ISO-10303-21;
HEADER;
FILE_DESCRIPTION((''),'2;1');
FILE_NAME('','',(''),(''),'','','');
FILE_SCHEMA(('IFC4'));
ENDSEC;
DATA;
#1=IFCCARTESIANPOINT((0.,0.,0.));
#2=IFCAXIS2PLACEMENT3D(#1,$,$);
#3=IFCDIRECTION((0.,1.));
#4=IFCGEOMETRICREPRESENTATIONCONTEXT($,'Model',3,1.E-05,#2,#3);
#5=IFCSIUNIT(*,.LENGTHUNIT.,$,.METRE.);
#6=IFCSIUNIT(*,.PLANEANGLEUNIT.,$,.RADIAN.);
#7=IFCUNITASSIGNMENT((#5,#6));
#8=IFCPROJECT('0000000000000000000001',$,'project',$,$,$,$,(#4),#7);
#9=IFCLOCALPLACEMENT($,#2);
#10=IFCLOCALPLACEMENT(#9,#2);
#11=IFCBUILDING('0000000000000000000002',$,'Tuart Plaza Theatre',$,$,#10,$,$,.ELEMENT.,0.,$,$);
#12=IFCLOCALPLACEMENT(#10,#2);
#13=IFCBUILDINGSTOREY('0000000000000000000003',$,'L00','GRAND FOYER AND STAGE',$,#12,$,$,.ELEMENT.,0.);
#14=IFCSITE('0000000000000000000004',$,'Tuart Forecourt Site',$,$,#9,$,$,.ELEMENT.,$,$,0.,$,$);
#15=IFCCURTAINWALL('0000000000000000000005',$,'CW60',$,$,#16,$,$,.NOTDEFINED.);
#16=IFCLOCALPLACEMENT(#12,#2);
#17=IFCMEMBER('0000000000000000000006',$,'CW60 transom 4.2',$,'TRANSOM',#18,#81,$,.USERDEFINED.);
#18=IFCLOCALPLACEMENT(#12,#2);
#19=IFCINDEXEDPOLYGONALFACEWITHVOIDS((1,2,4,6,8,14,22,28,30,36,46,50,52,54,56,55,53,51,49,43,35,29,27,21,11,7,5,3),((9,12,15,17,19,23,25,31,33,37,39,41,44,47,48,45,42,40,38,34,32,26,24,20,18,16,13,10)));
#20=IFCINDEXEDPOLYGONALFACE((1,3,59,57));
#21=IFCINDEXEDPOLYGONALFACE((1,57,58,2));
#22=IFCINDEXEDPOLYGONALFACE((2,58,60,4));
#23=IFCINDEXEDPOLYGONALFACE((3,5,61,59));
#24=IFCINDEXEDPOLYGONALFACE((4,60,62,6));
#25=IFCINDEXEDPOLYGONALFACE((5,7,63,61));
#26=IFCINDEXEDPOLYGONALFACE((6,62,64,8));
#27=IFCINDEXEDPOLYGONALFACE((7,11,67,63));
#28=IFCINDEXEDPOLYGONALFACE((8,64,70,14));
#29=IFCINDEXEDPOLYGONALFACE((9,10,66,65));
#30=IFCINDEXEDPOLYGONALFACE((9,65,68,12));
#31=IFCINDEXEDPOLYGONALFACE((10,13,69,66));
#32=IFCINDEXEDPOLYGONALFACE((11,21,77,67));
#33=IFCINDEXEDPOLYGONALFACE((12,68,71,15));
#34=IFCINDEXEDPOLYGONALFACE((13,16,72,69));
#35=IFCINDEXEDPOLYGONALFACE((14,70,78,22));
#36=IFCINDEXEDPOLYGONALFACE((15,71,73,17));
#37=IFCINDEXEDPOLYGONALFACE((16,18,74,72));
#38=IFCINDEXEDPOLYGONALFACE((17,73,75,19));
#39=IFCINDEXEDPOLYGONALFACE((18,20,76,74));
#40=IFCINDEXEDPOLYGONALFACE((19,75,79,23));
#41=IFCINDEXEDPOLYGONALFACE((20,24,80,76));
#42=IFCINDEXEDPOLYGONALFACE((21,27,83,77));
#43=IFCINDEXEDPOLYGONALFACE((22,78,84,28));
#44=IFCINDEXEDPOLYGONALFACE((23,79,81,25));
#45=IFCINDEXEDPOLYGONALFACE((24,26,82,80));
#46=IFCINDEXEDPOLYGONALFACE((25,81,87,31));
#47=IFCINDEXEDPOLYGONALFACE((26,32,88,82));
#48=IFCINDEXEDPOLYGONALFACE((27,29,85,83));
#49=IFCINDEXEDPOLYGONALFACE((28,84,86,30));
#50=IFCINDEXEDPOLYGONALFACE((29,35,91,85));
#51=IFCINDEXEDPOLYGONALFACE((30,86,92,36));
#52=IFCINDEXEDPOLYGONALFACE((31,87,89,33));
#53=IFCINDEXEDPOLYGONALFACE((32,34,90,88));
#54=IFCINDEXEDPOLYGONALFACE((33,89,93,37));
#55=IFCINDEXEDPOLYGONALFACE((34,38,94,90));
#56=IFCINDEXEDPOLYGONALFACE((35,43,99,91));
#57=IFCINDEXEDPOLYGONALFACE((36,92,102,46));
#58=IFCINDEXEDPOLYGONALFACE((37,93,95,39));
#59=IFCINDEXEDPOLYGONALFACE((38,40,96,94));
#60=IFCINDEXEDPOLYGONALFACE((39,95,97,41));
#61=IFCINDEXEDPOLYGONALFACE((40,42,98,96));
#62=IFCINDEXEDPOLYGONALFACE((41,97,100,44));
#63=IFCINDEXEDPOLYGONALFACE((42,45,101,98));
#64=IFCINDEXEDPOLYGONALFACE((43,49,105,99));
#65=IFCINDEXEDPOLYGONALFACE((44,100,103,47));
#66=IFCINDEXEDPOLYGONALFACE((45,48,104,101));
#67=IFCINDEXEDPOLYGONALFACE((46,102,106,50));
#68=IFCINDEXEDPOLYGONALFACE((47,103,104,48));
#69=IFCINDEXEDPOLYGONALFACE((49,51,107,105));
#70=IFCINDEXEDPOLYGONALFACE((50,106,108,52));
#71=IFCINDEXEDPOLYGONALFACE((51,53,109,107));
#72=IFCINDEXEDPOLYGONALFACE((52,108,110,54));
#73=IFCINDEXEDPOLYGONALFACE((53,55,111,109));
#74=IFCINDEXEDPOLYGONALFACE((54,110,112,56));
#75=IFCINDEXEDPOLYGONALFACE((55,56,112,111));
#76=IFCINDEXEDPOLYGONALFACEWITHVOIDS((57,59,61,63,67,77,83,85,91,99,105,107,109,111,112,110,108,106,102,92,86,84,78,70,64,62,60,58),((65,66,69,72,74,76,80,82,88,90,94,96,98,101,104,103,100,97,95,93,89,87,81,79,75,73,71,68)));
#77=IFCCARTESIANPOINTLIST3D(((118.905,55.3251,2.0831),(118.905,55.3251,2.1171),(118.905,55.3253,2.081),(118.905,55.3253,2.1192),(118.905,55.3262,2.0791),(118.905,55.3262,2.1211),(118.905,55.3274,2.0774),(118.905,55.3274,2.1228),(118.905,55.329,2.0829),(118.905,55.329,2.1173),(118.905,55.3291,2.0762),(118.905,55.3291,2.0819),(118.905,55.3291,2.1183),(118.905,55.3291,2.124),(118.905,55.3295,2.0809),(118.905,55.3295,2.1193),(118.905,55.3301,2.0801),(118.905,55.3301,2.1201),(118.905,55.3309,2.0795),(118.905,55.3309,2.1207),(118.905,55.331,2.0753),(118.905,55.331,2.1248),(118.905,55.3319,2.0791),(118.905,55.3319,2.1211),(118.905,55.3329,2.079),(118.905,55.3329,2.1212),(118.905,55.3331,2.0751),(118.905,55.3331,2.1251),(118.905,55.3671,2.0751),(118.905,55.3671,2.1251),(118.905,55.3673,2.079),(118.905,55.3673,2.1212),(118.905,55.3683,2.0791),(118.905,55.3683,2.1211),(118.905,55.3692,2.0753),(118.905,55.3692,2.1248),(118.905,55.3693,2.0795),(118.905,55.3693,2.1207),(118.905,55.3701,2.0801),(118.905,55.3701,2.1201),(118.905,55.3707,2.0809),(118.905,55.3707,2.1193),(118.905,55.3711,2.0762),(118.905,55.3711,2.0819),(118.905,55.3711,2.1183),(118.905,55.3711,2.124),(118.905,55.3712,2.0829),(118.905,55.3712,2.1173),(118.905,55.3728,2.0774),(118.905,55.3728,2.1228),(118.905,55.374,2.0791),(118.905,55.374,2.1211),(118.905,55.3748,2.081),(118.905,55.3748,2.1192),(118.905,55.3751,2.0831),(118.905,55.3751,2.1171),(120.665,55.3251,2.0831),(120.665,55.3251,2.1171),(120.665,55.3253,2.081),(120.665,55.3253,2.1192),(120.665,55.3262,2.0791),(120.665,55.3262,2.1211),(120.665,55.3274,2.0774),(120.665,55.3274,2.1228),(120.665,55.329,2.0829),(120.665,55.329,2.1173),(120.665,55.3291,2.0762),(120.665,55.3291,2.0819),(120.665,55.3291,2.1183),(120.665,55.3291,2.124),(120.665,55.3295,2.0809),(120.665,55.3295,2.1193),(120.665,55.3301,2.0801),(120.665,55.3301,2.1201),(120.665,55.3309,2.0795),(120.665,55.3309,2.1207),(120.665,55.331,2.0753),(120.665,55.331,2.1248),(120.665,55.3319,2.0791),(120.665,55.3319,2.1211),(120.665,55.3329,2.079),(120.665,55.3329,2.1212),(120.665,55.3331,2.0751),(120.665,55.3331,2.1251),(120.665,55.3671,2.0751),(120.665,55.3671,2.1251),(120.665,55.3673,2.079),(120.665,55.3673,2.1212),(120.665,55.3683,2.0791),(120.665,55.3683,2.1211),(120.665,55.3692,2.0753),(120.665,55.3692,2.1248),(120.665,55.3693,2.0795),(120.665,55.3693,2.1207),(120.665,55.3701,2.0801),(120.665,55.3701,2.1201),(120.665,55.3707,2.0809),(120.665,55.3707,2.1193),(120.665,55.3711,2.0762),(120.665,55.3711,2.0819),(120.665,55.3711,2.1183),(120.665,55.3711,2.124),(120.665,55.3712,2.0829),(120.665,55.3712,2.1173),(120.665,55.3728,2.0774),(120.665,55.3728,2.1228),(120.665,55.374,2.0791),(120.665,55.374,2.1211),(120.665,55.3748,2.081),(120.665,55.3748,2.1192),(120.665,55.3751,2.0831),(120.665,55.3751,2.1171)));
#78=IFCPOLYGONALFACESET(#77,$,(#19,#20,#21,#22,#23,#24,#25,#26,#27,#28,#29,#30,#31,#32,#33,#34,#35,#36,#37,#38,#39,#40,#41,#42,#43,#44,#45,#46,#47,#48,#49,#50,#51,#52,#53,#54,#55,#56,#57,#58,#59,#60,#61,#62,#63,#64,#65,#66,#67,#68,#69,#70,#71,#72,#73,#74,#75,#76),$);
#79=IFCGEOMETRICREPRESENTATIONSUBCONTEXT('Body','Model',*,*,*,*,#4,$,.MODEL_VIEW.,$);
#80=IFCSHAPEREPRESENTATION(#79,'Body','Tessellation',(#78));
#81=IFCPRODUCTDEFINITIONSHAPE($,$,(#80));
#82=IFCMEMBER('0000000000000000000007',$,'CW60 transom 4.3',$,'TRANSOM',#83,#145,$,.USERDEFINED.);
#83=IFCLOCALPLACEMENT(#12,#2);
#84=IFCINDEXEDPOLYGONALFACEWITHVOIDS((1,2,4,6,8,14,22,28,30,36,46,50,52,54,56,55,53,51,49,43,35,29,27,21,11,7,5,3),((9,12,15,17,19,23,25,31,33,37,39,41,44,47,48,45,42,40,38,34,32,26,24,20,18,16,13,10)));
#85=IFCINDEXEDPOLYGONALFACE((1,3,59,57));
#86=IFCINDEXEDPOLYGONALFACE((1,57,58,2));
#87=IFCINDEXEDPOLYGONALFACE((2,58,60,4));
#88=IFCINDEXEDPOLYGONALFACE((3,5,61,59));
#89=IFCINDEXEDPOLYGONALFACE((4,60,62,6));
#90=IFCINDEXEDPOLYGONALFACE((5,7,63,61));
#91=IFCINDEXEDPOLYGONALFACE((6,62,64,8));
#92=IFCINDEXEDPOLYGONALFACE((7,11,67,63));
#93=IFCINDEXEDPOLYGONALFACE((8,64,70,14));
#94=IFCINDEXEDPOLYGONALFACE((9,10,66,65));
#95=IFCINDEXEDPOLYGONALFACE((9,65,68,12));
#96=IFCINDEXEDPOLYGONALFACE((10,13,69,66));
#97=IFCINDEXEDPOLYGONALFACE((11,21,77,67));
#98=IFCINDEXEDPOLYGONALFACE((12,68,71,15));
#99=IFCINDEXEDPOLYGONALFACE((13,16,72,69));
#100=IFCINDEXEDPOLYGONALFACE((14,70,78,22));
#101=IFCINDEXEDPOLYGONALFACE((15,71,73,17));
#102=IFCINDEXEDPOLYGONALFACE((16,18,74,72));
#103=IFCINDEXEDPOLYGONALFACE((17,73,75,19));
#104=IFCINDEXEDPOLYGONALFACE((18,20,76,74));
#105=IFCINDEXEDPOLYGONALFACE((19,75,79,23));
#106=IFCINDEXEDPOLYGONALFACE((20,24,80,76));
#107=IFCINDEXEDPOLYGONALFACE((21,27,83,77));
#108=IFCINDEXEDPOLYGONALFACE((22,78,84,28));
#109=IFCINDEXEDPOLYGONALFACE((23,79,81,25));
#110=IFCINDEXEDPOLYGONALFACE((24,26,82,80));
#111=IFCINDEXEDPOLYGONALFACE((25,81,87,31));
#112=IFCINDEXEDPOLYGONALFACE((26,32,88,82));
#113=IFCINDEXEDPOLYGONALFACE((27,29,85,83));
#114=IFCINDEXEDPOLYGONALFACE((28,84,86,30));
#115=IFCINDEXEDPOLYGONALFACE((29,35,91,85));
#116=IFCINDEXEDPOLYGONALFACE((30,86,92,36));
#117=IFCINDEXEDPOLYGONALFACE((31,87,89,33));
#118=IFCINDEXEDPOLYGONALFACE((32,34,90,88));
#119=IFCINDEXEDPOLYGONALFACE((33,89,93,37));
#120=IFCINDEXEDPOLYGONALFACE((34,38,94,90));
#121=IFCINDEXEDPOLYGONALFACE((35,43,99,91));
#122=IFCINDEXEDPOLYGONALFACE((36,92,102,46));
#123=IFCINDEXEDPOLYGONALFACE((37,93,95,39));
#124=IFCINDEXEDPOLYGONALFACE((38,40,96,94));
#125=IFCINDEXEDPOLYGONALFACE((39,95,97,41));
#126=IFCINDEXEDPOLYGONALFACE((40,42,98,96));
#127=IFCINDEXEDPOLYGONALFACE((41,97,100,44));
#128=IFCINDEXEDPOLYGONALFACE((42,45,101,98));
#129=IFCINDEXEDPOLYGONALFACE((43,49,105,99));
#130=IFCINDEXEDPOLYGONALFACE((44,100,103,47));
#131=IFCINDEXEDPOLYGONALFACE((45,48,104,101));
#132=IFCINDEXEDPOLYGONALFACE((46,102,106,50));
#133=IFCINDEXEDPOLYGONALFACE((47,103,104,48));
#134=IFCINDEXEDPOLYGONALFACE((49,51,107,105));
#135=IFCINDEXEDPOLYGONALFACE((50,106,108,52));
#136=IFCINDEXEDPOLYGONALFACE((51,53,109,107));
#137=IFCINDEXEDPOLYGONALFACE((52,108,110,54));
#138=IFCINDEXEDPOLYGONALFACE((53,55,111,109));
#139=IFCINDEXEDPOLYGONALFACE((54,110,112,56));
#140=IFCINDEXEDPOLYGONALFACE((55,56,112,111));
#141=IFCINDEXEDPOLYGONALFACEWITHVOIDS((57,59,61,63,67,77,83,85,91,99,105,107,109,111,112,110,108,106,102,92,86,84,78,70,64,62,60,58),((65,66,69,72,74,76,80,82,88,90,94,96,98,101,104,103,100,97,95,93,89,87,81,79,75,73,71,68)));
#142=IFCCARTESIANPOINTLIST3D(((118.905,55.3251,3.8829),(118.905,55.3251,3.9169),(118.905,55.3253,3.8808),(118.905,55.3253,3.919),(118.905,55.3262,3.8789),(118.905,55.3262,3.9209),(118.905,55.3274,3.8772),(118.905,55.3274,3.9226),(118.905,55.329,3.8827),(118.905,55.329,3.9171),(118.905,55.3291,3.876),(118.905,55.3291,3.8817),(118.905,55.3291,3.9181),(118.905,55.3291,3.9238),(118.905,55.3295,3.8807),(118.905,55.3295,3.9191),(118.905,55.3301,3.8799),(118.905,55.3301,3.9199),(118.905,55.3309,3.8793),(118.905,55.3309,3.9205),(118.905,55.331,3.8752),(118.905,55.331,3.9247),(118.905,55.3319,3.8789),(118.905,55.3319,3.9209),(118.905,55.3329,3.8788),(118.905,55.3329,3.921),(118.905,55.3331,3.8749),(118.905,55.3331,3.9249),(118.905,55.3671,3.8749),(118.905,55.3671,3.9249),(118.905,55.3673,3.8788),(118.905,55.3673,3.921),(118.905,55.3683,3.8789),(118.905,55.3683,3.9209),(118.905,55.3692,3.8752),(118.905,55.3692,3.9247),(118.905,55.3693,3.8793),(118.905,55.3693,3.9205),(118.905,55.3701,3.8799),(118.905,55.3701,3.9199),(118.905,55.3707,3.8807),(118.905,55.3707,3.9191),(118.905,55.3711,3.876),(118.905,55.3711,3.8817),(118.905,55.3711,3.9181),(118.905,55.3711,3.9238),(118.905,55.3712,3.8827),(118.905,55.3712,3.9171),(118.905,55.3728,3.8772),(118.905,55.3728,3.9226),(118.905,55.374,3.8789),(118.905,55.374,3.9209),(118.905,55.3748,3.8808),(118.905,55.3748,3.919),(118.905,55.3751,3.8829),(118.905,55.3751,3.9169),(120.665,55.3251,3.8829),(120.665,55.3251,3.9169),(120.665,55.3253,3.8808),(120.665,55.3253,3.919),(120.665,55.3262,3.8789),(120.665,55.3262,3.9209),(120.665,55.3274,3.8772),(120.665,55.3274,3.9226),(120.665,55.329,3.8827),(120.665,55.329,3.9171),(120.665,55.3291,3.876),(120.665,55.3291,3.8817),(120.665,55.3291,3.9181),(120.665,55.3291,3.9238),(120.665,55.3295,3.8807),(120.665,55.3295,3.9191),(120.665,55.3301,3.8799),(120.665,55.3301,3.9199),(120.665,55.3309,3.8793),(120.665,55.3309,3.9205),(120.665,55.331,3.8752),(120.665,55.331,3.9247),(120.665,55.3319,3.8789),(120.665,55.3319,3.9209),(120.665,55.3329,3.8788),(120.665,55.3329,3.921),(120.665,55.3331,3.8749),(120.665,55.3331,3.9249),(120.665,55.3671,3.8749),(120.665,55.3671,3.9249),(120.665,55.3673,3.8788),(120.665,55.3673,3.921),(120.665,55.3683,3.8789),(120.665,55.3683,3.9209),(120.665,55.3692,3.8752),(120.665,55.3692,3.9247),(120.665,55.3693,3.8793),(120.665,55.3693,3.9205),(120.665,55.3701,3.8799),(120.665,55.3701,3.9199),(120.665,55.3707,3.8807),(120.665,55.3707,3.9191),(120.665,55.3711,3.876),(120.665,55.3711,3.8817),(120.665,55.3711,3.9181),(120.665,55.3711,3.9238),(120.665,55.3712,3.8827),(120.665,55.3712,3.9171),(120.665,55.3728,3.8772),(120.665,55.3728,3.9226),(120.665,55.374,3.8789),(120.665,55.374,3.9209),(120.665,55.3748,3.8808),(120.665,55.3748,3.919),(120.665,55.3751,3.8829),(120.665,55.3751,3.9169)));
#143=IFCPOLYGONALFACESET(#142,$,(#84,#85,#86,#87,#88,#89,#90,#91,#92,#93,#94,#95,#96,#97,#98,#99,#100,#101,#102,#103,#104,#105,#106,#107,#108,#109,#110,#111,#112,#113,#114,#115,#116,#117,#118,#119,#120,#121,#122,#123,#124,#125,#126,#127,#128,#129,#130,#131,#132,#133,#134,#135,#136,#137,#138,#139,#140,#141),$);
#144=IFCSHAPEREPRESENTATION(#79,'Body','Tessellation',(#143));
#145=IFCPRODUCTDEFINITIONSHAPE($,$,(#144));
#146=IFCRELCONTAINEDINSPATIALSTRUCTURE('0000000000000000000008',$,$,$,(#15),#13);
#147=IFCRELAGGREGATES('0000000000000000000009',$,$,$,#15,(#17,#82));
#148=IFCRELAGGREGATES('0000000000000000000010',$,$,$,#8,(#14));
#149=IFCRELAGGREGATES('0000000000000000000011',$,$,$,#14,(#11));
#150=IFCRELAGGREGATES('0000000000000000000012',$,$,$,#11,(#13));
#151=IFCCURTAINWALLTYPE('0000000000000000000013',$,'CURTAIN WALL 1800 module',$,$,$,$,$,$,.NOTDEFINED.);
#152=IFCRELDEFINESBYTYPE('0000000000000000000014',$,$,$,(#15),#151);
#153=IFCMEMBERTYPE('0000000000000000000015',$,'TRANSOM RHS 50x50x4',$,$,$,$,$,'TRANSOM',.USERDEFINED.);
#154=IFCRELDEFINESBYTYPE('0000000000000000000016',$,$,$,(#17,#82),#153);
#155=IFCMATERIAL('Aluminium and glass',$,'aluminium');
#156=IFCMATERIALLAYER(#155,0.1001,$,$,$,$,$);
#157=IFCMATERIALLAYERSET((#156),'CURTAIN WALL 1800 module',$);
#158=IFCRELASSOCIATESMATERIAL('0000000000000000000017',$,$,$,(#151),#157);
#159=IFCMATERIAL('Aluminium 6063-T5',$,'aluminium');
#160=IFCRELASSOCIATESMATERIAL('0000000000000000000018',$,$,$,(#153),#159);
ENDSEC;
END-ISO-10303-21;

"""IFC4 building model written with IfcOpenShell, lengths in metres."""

from ifc_helpers import new_model, si_unit, direction, frame, origin, origin_2d, place, context, subcontext, project, spatial, hollow_rectangle, extrude, material, layer, layer_set, material_profile, profile_set, type_object, element, aggregate, save


model = new_model("IFC4")

# Units and contexts
model_context = context("Model", 3, precision=1e-05, world=origin(), true_north=direction((0.0, 1.0)))
body_context = subcontext(model_context, "Body", "Model", "MODEL_VIEW")
ifc_project = project(units=[si_unit("LENGTHUNIT", "METRE"), si_unit("PLANEANGLEUNIT", "RADIAN")], contexts=[model_context])

# Site, building, storey
site_placement = place(None, origin())
site = spatial("IfcSite", under=ifc_project, at=site_placement, Name="Tuart Forecourt Site", CompositionType="ELEMENT", RefElevation=0.0)
building_placement = place(site_placement, origin())
building = spatial("IfcBuilding", under=site, at=building_placement, Name="Tuart Plaza Theatre", CompositionType="ELEMENT", ElevationOfRefHeight=0.0)
storey_placement = place(building_placement, origin())
storey = spatial("IfcBuildingStorey", under=building, at=storey_placement, Name="L00", Description="GRAND FOYER AND STAGE", CompositionType="ELEMENT", Elevation=0.0)

# Curtain wall, members
ifc_material_1 = material(Name="Aluminium and glass", Category="aluminium")
ifc_layer_1 = layer(ifc_material_1, 0.1001)
ifc_layer_set_1 = layer_set([ifc_layer_1], Name="CURTAIN WALL 1800 module")
curtain_wall_type = type_object("IfcCurtainWallType", Name="CURTAIN WALL 1800 module", PredefinedType="NOTDEFINED", material=ifc_layer_set_1)
curtain_wall_placement = place(storey_placement, origin())
curtain_wall = element("IfcCurtainWall", 1, at=curtain_wall_placement, inside=storey, type_object=curtain_wall_type, Name="CW60", PredefinedType="NOTDEFINED")
ifc_material_2 = material(Name="Aluminium 6063-T5", Category="aluminium")
ifc_material_profile_1 = material_profile(ifc_material_2, hollow_rectangle(XDim=0.05, YDim=0.05, WallThickness=0.0039, InnerFilletRadius=0.0039, OuterFilletRadius=0.0081, at=origin_2d()), Name="RHS 50x50x4")
ifc_profile_set_1 = profile_set([ifc_material_profile_1], Name="Aluminium 6063-T5")
member_type_1 = type_object("IfcMemberType", Name="TRANSOM RHS 50x50x4", ElementType="TRANSOM", PredefinedType="USERDEFINED", material=ifc_profile_set_1)
member_1_placement = place(storey_placement, frame((118.905, 55.3501, 2.1001), z_axis=(1.0, 0.0, 0.0), x_axis=(0.0, 1.0, 0.0)))
member_1 = element("IfcMember", 2, at=member_1_placement, type_object=member_type_1, Name="CW60 transom 4.2", ObjectType="TRANSOM", PredefinedType="USERDEFINED", context=body_context, shape_type="SweptSolid", body=[
    extrude(hollow_rectangle(XDim=0.05, YDim=0.05, WallThickness=0.0039, InnerFilletRadius=0.0039, OuterFilletRadius=0.0081, at=origin_2d()), origin(), (0.0, 0.0, 1.0), 1.76),
])
member_2_placement = place(storey_placement, frame((118.905, 55.3501, 3.8999), z_axis=(1.0, 0.0, 0.0), x_axis=(0.0, 1.0, 0.0)))
member_2 = element("IfcMember", 3, at=member_2_placement, type_object=member_type_1, Name="CW60 transom 4.3", ObjectType="TRANSOM", PredefinedType="USERDEFINED", context=body_context, shape_type="SweptSolid", body=[
    extrude(hollow_rectangle(XDim=0.05, YDim=0.05, WallThickness=0.0039, InnerFilletRadius=0.0039, OuterFilletRadius=0.0081, at=origin_2d()), origin(), (0.0, 0.0, 1.0), 1.76),
])
aggregate(curtain_wall, [member_1, member_2])

save(model, "model.ifc")
